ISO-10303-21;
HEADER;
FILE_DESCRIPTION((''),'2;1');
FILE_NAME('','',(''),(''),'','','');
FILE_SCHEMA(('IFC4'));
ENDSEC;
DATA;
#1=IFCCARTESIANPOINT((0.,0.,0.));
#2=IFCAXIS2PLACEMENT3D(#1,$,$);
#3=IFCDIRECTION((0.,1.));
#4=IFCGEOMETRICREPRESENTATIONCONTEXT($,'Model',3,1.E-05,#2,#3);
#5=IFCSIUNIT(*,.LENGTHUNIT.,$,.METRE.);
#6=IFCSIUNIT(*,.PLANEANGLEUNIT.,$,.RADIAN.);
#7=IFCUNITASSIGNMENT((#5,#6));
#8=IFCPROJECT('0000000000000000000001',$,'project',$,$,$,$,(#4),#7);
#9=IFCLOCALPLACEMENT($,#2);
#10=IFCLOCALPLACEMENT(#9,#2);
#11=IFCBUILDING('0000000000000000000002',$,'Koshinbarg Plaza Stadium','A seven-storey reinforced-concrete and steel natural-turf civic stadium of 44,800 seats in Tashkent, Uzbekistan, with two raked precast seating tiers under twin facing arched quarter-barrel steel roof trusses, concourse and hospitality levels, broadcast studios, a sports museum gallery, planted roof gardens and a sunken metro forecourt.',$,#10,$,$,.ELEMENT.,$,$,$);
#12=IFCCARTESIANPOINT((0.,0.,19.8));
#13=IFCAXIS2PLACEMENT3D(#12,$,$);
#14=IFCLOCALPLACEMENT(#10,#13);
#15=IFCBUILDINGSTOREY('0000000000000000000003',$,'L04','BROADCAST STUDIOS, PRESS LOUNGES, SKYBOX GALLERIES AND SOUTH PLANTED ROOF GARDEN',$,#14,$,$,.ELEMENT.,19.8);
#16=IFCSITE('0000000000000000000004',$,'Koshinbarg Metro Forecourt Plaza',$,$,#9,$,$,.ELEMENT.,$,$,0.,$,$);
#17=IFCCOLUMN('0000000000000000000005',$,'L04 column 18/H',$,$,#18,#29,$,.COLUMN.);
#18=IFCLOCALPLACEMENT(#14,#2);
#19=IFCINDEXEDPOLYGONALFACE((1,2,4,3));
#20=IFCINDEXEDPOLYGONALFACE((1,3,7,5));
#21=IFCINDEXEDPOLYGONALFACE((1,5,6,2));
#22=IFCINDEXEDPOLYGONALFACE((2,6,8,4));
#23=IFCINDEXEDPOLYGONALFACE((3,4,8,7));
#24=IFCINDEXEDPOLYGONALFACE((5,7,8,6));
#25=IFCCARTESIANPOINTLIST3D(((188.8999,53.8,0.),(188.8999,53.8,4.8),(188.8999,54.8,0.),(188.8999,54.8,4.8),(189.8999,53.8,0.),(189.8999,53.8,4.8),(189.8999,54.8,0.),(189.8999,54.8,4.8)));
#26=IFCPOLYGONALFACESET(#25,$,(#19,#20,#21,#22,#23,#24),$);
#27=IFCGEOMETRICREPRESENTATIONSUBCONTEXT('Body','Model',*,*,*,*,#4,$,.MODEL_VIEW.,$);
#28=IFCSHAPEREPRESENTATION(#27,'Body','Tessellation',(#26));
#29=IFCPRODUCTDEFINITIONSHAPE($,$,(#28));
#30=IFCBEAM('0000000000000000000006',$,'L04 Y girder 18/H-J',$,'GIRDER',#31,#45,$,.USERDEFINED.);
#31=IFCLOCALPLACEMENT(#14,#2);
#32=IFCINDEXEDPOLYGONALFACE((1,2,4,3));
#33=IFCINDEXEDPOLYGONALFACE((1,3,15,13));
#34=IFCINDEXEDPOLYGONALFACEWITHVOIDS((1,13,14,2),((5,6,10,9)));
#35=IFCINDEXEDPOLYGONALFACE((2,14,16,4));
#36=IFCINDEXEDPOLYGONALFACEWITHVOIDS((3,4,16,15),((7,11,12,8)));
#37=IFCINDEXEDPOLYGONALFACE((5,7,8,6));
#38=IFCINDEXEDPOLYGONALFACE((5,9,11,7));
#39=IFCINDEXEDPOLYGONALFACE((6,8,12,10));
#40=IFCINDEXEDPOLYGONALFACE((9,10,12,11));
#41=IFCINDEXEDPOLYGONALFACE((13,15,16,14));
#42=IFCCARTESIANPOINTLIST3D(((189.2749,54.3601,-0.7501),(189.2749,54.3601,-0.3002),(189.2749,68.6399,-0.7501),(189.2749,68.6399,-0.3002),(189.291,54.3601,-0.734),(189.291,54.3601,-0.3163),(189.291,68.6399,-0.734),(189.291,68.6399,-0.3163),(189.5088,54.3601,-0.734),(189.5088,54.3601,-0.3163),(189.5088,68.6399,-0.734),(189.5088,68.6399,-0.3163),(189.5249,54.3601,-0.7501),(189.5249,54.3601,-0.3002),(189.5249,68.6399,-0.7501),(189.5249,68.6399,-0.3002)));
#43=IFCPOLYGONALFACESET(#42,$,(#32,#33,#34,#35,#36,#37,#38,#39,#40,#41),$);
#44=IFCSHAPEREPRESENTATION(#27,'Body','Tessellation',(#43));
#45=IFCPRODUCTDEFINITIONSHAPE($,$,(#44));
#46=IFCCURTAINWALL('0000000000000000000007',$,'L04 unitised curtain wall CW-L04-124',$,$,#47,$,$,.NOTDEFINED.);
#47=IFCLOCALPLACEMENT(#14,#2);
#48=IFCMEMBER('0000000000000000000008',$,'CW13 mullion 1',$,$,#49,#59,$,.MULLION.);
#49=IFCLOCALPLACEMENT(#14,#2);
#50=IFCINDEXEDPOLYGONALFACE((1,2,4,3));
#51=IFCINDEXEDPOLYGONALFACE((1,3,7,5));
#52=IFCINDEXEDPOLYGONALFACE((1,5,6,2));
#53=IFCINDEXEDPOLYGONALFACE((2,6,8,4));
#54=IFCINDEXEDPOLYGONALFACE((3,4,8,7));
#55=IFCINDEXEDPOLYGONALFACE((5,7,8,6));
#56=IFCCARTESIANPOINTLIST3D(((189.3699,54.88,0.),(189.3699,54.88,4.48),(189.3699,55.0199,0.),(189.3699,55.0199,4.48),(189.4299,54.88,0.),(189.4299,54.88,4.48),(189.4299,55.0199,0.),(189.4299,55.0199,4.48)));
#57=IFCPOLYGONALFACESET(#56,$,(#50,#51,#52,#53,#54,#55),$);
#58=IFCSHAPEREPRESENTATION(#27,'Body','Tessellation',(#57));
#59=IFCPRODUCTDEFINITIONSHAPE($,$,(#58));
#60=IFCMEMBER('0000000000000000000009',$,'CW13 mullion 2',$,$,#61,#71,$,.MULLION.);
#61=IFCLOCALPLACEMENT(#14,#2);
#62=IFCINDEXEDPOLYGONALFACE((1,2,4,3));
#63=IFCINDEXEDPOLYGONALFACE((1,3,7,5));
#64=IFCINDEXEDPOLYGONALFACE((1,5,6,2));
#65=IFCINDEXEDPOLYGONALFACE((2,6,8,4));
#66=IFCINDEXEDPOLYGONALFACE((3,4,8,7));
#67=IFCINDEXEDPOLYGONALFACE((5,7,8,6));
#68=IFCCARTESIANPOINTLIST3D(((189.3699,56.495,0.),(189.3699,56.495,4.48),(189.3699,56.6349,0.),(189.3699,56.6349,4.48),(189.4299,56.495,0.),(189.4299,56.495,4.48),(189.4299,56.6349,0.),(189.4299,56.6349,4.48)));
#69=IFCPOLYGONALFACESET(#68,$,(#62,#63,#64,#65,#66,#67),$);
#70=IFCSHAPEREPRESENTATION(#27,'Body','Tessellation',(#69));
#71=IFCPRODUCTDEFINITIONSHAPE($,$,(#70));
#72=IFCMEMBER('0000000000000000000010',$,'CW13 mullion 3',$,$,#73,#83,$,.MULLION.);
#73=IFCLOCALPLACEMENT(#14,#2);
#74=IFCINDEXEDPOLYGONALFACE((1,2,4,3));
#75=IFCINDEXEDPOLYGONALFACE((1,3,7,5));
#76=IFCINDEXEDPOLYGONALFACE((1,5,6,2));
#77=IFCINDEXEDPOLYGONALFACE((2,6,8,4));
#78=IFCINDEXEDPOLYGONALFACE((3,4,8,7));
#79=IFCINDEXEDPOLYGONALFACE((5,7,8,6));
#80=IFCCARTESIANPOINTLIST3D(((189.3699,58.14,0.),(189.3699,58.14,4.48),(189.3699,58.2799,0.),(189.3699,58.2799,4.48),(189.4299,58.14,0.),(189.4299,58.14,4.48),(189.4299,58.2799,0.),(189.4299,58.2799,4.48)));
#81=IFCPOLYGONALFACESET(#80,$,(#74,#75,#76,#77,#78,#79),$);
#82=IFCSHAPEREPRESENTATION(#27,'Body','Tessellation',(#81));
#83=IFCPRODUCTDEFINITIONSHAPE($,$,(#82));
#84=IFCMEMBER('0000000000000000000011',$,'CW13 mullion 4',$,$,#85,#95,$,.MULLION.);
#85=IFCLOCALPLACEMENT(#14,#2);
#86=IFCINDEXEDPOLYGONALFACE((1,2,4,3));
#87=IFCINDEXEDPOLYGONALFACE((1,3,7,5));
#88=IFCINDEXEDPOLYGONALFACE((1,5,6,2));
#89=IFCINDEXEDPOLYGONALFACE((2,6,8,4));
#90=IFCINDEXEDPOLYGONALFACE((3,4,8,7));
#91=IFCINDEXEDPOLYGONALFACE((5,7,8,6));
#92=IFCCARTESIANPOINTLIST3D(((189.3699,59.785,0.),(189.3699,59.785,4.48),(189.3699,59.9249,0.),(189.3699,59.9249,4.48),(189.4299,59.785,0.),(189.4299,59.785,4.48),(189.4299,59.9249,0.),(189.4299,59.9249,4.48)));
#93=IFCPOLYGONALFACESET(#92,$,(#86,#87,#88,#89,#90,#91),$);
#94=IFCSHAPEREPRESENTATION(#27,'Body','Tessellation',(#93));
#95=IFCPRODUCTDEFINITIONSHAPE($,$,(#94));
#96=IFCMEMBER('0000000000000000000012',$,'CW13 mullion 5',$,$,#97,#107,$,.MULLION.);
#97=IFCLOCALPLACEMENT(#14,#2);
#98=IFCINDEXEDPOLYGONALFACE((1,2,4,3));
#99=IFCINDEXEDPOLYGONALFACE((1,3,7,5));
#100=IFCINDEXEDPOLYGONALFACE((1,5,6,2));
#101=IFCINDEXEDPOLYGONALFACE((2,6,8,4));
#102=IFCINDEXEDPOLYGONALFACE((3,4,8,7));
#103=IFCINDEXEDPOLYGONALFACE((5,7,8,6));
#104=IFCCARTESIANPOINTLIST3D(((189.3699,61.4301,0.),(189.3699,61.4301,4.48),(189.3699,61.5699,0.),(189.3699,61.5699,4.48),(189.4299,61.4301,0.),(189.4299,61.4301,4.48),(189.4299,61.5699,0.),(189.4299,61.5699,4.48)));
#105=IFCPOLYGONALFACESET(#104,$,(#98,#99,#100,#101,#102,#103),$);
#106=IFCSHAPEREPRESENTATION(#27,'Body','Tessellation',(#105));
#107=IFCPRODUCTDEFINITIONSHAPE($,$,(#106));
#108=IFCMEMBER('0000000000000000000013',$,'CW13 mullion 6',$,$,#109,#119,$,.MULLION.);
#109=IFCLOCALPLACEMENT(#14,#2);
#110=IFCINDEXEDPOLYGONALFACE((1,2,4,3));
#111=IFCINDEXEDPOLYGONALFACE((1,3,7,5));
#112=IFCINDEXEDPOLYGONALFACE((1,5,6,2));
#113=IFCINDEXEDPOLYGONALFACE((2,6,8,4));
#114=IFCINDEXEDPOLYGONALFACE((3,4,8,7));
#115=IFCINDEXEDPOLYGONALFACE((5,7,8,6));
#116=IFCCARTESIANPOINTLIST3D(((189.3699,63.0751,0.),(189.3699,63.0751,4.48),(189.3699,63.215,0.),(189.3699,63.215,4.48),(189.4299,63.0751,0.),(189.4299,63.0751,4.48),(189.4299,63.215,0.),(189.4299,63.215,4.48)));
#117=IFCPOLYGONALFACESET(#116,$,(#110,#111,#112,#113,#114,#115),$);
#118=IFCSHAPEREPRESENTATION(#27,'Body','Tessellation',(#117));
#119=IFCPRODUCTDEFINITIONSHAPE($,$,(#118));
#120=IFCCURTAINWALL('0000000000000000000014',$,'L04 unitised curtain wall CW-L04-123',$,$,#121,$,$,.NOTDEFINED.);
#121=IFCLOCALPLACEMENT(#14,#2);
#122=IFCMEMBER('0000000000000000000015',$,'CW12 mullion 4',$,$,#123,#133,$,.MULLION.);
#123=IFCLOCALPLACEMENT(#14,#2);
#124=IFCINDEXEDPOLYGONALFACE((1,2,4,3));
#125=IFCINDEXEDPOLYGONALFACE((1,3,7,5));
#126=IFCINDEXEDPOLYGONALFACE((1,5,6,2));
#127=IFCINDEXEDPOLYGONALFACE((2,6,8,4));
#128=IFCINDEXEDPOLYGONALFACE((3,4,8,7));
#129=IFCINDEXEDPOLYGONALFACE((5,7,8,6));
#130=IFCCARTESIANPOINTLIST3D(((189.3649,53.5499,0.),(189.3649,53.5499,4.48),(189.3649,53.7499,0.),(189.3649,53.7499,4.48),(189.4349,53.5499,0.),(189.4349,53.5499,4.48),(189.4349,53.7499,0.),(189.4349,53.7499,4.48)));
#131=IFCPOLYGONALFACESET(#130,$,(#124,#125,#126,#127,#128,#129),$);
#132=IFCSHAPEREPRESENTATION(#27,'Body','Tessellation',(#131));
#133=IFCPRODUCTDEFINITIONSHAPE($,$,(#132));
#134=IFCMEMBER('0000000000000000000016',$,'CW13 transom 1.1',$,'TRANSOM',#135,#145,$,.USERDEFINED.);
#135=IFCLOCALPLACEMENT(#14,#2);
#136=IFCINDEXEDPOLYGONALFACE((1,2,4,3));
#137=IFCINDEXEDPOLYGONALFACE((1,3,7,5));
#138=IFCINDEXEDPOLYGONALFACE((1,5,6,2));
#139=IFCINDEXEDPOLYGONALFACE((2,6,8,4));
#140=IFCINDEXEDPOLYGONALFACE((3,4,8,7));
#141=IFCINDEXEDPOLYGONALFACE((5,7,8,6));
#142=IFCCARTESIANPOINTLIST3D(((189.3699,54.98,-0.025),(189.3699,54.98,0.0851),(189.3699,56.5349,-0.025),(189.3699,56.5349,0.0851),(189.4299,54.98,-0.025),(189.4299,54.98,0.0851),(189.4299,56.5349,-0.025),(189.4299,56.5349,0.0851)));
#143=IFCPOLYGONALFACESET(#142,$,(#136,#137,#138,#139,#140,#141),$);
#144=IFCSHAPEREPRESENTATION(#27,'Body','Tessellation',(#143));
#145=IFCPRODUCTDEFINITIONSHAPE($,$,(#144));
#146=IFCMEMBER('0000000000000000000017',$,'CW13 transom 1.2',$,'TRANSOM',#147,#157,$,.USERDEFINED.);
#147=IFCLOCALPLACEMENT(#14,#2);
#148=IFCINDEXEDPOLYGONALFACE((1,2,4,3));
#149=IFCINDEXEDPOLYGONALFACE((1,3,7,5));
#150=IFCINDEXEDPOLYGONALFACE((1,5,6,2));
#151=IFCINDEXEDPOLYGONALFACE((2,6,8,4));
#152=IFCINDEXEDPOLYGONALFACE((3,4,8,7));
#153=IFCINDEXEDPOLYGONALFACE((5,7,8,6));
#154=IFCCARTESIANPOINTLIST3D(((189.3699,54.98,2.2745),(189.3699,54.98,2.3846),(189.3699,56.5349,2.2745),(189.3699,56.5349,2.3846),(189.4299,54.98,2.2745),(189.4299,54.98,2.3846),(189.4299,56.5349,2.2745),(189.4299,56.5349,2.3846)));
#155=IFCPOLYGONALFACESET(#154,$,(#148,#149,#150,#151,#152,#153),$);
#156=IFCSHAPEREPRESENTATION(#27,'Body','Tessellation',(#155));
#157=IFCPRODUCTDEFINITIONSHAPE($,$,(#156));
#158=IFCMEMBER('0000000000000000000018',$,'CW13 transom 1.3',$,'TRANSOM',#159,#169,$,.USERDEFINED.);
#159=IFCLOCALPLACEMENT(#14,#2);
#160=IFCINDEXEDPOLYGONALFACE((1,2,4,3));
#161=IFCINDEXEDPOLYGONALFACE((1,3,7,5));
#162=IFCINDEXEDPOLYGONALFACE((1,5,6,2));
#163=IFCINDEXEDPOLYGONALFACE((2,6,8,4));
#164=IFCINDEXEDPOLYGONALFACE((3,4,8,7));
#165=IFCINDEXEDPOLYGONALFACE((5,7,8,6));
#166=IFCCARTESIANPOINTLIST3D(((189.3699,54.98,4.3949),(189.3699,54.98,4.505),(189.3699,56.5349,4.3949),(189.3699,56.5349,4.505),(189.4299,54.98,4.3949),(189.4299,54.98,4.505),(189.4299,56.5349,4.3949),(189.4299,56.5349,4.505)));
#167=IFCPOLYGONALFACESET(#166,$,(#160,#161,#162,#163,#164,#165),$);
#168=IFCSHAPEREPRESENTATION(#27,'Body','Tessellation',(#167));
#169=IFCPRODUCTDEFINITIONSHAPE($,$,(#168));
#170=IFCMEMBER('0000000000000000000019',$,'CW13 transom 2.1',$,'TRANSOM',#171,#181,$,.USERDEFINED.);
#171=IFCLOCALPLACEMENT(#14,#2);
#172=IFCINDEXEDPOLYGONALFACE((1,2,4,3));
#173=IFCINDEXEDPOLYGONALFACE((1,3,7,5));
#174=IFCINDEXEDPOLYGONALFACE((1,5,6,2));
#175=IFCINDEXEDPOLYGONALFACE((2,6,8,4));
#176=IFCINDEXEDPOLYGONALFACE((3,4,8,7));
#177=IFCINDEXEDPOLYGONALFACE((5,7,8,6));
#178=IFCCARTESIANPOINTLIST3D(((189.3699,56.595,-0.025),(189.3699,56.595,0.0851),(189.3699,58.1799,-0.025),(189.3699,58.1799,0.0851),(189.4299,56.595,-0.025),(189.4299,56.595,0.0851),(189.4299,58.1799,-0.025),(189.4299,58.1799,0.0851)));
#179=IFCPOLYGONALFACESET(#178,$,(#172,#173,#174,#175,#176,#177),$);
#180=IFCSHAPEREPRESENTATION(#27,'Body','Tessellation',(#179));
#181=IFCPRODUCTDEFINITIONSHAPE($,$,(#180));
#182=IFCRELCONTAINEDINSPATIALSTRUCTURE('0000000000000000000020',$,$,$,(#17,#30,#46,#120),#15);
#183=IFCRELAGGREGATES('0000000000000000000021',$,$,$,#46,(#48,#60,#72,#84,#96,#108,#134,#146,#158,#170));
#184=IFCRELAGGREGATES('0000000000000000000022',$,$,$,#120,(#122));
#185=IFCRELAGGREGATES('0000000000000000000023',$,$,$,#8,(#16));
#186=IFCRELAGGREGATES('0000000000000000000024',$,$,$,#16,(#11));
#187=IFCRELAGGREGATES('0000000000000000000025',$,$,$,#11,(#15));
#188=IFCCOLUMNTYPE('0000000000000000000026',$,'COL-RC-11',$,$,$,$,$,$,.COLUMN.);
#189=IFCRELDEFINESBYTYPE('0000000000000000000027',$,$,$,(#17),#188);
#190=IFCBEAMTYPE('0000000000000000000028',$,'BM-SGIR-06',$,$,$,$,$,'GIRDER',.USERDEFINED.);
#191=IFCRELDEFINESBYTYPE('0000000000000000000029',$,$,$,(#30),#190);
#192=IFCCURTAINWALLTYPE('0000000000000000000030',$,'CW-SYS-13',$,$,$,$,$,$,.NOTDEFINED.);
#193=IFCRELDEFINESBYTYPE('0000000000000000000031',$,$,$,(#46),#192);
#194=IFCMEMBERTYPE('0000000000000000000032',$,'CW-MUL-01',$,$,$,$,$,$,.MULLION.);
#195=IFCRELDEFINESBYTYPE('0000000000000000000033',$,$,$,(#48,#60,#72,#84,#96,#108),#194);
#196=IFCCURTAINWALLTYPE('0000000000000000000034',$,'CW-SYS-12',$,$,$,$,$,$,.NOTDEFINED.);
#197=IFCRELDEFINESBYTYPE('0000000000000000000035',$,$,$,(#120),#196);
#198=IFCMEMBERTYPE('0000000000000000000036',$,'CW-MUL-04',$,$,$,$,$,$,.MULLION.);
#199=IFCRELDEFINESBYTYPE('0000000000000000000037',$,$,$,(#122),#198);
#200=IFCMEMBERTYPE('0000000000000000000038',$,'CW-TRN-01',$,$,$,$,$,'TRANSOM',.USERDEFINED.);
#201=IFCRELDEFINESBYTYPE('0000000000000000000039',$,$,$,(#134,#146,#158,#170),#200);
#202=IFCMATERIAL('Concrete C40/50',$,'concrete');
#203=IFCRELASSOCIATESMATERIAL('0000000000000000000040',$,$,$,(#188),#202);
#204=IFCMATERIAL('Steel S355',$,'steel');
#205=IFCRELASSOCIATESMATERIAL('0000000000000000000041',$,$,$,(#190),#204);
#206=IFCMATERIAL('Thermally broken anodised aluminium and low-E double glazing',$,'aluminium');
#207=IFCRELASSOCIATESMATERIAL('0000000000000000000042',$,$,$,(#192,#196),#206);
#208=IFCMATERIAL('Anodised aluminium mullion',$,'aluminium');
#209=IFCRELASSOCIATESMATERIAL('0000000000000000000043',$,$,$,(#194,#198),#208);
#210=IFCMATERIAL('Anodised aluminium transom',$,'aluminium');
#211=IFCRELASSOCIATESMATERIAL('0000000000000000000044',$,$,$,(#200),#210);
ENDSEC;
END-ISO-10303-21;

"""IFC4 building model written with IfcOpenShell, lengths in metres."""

from ifc_helpers import new_model, si_unit, direction, frame, origin, origin_2d, place, context, subcontext, project, spatial, rectangle, hollow_rectangle, extrude, material, material_profile, profile_set, type_object, element, aggregate, save


model = new_model("IFC4")

# Units and contexts
model_context = context("Model", 3, precision=1e-05, world=origin(), true_north=direction((0.0, 1.0)))
body_context = subcontext(model_context, "Body", "Model", "MODEL_VIEW")
ifc_project = project(units=[si_unit("LENGTHUNIT", "METRE"), si_unit("PLANEANGLEUNIT", "RADIAN")], contexts=[model_context])

# Site, building, storey
site_placement = place(None, origin())
site = spatial("IfcSite", under=ifc_project, at=site_placement, Name="Koshinbarg Metro Forecourt Plaza", CompositionType="ELEMENT", RefElevation=0.0)
building_placement = place(site_placement, origin())
building = spatial("IfcBuilding", under=site, at=building_placement, Name="Koshinbarg Plaza Stadium", Description="A seven-storey reinforced-concrete and steel natural-turf civic stadium of 44,800 seats in Tashkent, Uzbekistan, with two raked precast seating tiers under twin facing arched quarter-barrel steel roof trusses, concourse and hospitality levels, broadcast studios, a sports museum gallery, planted roof gardens and a sunken metro forecourt.", CompositionType="ELEMENT")
storey_placement = place(building_placement, frame((0.0, 0.0, 19.8)))
storey = spatial("IfcBuildingStorey", under=building, at=storey_placement, Name="L04", Description="BROADCAST STUDIOS, PRESS LOUNGES, SKYBOX GALLERIES AND SOUTH PLANTED ROOF GARDEN", CompositionType="ELEMENT", Elevation=19.8)

# Column
ifc_material_1 = material(Name="Concrete C40/50", Category="concrete")
ifc_material_profile_1 = material_profile(ifc_material_1, rectangle(XDim=1.0, YDim=1.0, at=origin_2d()), Name="RC 1000x1000")
ifc_profile_set_1 = profile_set([ifc_material_profile_1], Name="Concrete C40/50")
column_type = type_object("IfcColumnType", Name="COL-RC-11", PredefinedType="COLUMN", material=ifc_profile_set_1)
column_placement = place(storey_placement, frame((189.3999, 54.3, 0.0), z_axis=(0.0, 0.0, 1.0), x_axis=(1.0, 0.0, 0.0)))
element("IfcColumn", 1, at=column_placement, inside=storey, type_object=column_type, Name="L04 column 18/H", PredefinedType="COLUMN", context=body_context, shape_type="SweptSolid", body=[
    extrude(rectangle(XDim=1.0, YDim=1.0, at=origin_2d()), origin(), (0.0, 0.0, 1.0), 4.8),
])

# Beam
ifc_material_2 = material(Name="Steel S355", Category="steel")
ifc_material_profile_2 = material_profile(ifc_material_2, hollow_rectangle(XDim=0.25, YDim=0.45, WallThickness=0.0161, at=origin_2d()), Name="RHS 450x250x16")
ifc_profile_set_2 = profile_set([ifc_material_profile_2], Name="Steel S355")
beam_type = type_object("IfcBeamType", Name="BM-SGIR-06", ElementType="GIRDER", PredefinedType="USERDEFINED", material=ifc_profile_set_2)
beam_placement = place(storey_placement, frame((189.3999, 54.3601, -0.5251), z_axis=(0.0, 1.0, 0.0), x_axis=(-1.0, 0.0, 0.0)))
element("IfcBeam", 2, at=beam_placement, inside=storey, type_object=beam_type, Name="L04 Y girder 18/H-J", ObjectType="GIRDER", PredefinedType="USERDEFINED", context=body_context, shape_type="SweptSolid", body=[
    extrude(hollow_rectangle(XDim=0.25, YDim=0.45, WallThickness=0.0161, at=origin_2d()), origin(), (0.0, 0.0, 1.0), 14.2798),
])

# Curtain wall, members
ifc_material_3 = material(Name="Thermally broken anodised aluminium and low-E double glazing", Category="aluminium")
curtain_wall_type_1 = type_object("IfcCurtainWallType", Name="CW-SYS-13", PredefinedType="NOTDEFINED", material=ifc_material_3)
curtain_wall_1_placement = place(storey_placement, origin())
curtain_wall_1 = element("IfcCurtainWall", 3, at=curtain_wall_1_placement, inside=storey, type_object=curtain_wall_type_1, Name="L04 unitised curtain wall CW-L04-124", PredefinedType="NOTDEFINED")
ifc_material_4 = material(Name="Anodised aluminium mullion", Category="aluminium")
ifc_material_profile_3 = material_profile(ifc_material_4, rectangle(XDim=0.0601, YDim=0.1399, at=origin_2d()), Name="ALU 60x140")
ifc_profile_set_3 = profile_set([ifc_material_profile_3], Name="Anodised aluminium mullion")
member_type_1 = type_object("IfcMemberType", Name="CW-MUL-01", PredefinedType="MULLION", material=ifc_profile_set_3)
member_1_placement = place(storey_placement, frame((189.3999, 54.95, 0.0), z_axis=(0.0, 0.0, 1.0), x_axis=(-1.0, 0.0, 0.0)))
member_1 = element("IfcMember", 4, at=member_1_placement, type_object=member_type_1, Name="CW13 mullion 1", PredefinedType="MULLION", context=body_context, shape_type="SweptSolid", body=[
    extrude(rectangle(XDim=0.0601, YDim=0.1399, at=origin_2d()), origin(), (0.0, 0.0, 1.0), 4.48),
])
member_2_placement = place(storey_placement, frame((189.3999, 56.5649, 0.0), z_axis=(0.0, 0.0, 1.0), x_axis=(-1.0, 0.0, 0.0)))
member_2 = element("IfcMember", 5, at=member_2_placement, type_object=member_type_1, Name="CW13 mullion 2", PredefinedType="MULLION", context=body_context, shape_type="SweptSolid", body=[
    extrude(rectangle(XDim=0.0601, YDim=0.1399, at=origin_2d()), origin(), (0.0, 0.0, 1.0), 4.48),
])
member_3_placement = place(storey_placement, frame((189.3999, 58.21, 0.0), z_axis=(0.0, 0.0, 1.0), x_axis=(-1.0, 0.0, 0.0)))
member_3 = element("IfcMember", 6, at=member_3_placement, type_object=member_type_1, Name="CW13 mullion 3", PredefinedType="MULLION", context=body_context, shape_type="SweptSolid", body=[
    extrude(rectangle(XDim=0.0601, YDim=0.1399, at=origin_2d()), origin(), (0.0, 0.0, 1.0), 4.48),
])
member_4_placement = place(storey_placement, frame((189.3999, 59.855, 0.0), z_axis=(0.0, 0.0, 1.0), x_axis=(-1.0, 0.0, 0.0)))
member_4 = element("IfcMember", 7, at=member_4_placement, type_object=member_type_1, Name="CW13 mullion 4", PredefinedType="MULLION", context=body_context, shape_type="SweptSolid", body=[
    extrude(rectangle(XDim=0.0601, YDim=0.1399, at=origin_2d()), origin(), (0.0, 0.0, 1.0), 4.48),
])
member_5_placement = place(storey_placement, frame((189.3999, 61.5, 0.0), z_axis=(0.0, 0.0, 1.0), x_axis=(-1.0, 0.0, 0.0)))
member_5 = element("IfcMember", 8, at=member_5_placement, type_object=member_type_1, Name="CW13 mullion 5", PredefinedType="MULLION", context=body_context, shape_type="SweptSolid", body=[
    extrude(rectangle(XDim=0.0601, YDim=0.1399, at=origin_2d()), origin(), (0.0, 0.0, 1.0), 4.48),
])
member_6_placement = place(storey_placement, frame((189.3999, 63.145, 0.0), z_axis=(0.0, 0.0, 1.0), x_axis=(-1.0, 0.0, 0.0)))
member_6 = element("IfcMember", 9, at=member_6_placement, type_object=member_type_1, Name="CW13 mullion 6", PredefinedType="MULLION", context=body_context, shape_type="SweptSolid", body=[
    extrude(rectangle(XDim=0.0601, YDim=0.1399, at=origin_2d()), origin(), (0.0, 0.0, 1.0), 4.48),
])

# Curtain wall, member
curtain_wall_type_2 = type_object("IfcCurtainWallType", Name="CW-SYS-12", PredefinedType="NOTDEFINED", material=ifc_material_3)
curtain_wall_2_placement = place(storey_placement, origin())
curtain_wall_2 = element("IfcCurtainWall", 10, at=curtain_wall_2_placement, inside=storey, type_object=curtain_wall_type_2, Name="L04 unitised curtain wall CW-L04-123", PredefinedType="NOTDEFINED")
ifc_material_profile_4 = material_profile(ifc_material_4, rectangle(XDim=0.0701, YDim=0.2, at=origin_2d()), Name="ALU 70x200")
ifc_profile_set_4 = profile_set([ifc_material_profile_4], Name="Anodised aluminium mullion")
member_type_2 = type_object("IfcMemberType", Name="CW-MUL-04", PredefinedType="MULLION", material=ifc_profile_set_4)
member_7_placement = place(storey_placement, frame((189.3999, 53.6499, 0.0), z_axis=(0.0, 0.0, 1.0), x_axis=(-1.0, 0.0, 0.0)))
member_7 = element("IfcMember", 11, at=member_7_placement, type_object=member_type_2, Name="CW12 mullion 4", PredefinedType="MULLION", context=body_context, shape_type="SweptSolid", body=[
    extrude(rectangle(XDim=0.0701, YDim=0.2, at=origin_2d()), origin(), (0.0, 0.0, 1.0), 4.48),
])

# Members
ifc_material_5 = material(Name="Anodised aluminium transom", Category="aluminium")
ifc_material_profile_5 = material_profile(ifc_material_5, rectangle(XDim=0.0601, YDim=0.1101, at=origin_2d()), Name="ALU 60x110")
ifc_profile_set_5 = profile_set([ifc_material_profile_5], Name="Anodised aluminium transom")
member_type_3 = type_object("IfcMemberType", Name="CW-TRN-01", ElementType="TRANSOM", PredefinedType="USERDEFINED", material=ifc_profile_set_5)
member_8_placement = place(storey_placement, frame((189.3999, 54.98, 0.03), z_axis=(0.0, 1.0, 0.0), x_axis=(-1.0, 0.0, 0.0)))
member_8 = element("IfcMember", 12, at=member_8_placement, type_object=member_type_3, Name="CW13 transom 1.1", ObjectType="TRANSOM", PredefinedType="USERDEFINED", context=body_context, shape_type="SweptSolid", body=[
    extrude(rectangle(XDim=0.0601, YDim=0.1101, at=origin_2d()), origin(), (0.0, 0.0, 1.0), 1.5549),
])
member_9_placement = place(storey_placement, frame((189.3999, 54.98, 2.3296), z_axis=(0.0, 1.0, 0.0), x_axis=(-1.0, 0.0, 0.0)))
member_9 = element("IfcMember", 13, at=member_9_placement, type_object=member_type_3, Name="CW13 transom 1.2", ObjectType="TRANSOM", PredefinedType="USERDEFINED", context=body_context, shape_type="SweptSolid", body=[
    extrude(rectangle(XDim=0.0601, YDim=0.1101, at=origin_2d()), origin(), (0.0, 0.0, 1.0), 1.5549),
])
member_10_placement = place(storey_placement, frame((189.3999, 54.98, 4.45), z_axis=(0.0, 1.0, 0.0), x_axis=(-1.0, 0.0, 0.0)))
member_10 = element("IfcMember", 14, at=member_10_placement, type_object=member_type_3, Name="CW13 transom 1.3", ObjectType="TRANSOM", PredefinedType="USERDEFINED", context=body_context, shape_type="SweptSolid", body=[
    extrude(rectangle(XDim=0.0601, YDim=0.1101, at=origin_2d()), origin(), (0.0, 0.0, 1.0), 1.5549),
])
member_11_placement = place(storey_placement, frame((189.3999, 56.595, 0.03), z_axis=(0.0, 1.0, 0.0), x_axis=(-1.0, 0.0, 0.0)))
member_11 = element("IfcMember", 15, at=member_11_placement, type_object=member_type_3, Name="CW13 transom 2.1", ObjectType="TRANSOM", PredefinedType="USERDEFINED", context=body_context, shape_type="SweptSolid", body=[
    extrude(rectangle(XDim=0.0601, YDim=0.1101, at=origin_2d()), origin(), (0.0, 0.0, 1.0), 1.585),
])

aggregate(curtain_wall_1, [member_1, member_2, member_3, member_4, member_5, member_6, member_8, member_9, member_10, member_11])
aggregate(curtain_wall_2, [member_7])

save(model, "model.ifc")
